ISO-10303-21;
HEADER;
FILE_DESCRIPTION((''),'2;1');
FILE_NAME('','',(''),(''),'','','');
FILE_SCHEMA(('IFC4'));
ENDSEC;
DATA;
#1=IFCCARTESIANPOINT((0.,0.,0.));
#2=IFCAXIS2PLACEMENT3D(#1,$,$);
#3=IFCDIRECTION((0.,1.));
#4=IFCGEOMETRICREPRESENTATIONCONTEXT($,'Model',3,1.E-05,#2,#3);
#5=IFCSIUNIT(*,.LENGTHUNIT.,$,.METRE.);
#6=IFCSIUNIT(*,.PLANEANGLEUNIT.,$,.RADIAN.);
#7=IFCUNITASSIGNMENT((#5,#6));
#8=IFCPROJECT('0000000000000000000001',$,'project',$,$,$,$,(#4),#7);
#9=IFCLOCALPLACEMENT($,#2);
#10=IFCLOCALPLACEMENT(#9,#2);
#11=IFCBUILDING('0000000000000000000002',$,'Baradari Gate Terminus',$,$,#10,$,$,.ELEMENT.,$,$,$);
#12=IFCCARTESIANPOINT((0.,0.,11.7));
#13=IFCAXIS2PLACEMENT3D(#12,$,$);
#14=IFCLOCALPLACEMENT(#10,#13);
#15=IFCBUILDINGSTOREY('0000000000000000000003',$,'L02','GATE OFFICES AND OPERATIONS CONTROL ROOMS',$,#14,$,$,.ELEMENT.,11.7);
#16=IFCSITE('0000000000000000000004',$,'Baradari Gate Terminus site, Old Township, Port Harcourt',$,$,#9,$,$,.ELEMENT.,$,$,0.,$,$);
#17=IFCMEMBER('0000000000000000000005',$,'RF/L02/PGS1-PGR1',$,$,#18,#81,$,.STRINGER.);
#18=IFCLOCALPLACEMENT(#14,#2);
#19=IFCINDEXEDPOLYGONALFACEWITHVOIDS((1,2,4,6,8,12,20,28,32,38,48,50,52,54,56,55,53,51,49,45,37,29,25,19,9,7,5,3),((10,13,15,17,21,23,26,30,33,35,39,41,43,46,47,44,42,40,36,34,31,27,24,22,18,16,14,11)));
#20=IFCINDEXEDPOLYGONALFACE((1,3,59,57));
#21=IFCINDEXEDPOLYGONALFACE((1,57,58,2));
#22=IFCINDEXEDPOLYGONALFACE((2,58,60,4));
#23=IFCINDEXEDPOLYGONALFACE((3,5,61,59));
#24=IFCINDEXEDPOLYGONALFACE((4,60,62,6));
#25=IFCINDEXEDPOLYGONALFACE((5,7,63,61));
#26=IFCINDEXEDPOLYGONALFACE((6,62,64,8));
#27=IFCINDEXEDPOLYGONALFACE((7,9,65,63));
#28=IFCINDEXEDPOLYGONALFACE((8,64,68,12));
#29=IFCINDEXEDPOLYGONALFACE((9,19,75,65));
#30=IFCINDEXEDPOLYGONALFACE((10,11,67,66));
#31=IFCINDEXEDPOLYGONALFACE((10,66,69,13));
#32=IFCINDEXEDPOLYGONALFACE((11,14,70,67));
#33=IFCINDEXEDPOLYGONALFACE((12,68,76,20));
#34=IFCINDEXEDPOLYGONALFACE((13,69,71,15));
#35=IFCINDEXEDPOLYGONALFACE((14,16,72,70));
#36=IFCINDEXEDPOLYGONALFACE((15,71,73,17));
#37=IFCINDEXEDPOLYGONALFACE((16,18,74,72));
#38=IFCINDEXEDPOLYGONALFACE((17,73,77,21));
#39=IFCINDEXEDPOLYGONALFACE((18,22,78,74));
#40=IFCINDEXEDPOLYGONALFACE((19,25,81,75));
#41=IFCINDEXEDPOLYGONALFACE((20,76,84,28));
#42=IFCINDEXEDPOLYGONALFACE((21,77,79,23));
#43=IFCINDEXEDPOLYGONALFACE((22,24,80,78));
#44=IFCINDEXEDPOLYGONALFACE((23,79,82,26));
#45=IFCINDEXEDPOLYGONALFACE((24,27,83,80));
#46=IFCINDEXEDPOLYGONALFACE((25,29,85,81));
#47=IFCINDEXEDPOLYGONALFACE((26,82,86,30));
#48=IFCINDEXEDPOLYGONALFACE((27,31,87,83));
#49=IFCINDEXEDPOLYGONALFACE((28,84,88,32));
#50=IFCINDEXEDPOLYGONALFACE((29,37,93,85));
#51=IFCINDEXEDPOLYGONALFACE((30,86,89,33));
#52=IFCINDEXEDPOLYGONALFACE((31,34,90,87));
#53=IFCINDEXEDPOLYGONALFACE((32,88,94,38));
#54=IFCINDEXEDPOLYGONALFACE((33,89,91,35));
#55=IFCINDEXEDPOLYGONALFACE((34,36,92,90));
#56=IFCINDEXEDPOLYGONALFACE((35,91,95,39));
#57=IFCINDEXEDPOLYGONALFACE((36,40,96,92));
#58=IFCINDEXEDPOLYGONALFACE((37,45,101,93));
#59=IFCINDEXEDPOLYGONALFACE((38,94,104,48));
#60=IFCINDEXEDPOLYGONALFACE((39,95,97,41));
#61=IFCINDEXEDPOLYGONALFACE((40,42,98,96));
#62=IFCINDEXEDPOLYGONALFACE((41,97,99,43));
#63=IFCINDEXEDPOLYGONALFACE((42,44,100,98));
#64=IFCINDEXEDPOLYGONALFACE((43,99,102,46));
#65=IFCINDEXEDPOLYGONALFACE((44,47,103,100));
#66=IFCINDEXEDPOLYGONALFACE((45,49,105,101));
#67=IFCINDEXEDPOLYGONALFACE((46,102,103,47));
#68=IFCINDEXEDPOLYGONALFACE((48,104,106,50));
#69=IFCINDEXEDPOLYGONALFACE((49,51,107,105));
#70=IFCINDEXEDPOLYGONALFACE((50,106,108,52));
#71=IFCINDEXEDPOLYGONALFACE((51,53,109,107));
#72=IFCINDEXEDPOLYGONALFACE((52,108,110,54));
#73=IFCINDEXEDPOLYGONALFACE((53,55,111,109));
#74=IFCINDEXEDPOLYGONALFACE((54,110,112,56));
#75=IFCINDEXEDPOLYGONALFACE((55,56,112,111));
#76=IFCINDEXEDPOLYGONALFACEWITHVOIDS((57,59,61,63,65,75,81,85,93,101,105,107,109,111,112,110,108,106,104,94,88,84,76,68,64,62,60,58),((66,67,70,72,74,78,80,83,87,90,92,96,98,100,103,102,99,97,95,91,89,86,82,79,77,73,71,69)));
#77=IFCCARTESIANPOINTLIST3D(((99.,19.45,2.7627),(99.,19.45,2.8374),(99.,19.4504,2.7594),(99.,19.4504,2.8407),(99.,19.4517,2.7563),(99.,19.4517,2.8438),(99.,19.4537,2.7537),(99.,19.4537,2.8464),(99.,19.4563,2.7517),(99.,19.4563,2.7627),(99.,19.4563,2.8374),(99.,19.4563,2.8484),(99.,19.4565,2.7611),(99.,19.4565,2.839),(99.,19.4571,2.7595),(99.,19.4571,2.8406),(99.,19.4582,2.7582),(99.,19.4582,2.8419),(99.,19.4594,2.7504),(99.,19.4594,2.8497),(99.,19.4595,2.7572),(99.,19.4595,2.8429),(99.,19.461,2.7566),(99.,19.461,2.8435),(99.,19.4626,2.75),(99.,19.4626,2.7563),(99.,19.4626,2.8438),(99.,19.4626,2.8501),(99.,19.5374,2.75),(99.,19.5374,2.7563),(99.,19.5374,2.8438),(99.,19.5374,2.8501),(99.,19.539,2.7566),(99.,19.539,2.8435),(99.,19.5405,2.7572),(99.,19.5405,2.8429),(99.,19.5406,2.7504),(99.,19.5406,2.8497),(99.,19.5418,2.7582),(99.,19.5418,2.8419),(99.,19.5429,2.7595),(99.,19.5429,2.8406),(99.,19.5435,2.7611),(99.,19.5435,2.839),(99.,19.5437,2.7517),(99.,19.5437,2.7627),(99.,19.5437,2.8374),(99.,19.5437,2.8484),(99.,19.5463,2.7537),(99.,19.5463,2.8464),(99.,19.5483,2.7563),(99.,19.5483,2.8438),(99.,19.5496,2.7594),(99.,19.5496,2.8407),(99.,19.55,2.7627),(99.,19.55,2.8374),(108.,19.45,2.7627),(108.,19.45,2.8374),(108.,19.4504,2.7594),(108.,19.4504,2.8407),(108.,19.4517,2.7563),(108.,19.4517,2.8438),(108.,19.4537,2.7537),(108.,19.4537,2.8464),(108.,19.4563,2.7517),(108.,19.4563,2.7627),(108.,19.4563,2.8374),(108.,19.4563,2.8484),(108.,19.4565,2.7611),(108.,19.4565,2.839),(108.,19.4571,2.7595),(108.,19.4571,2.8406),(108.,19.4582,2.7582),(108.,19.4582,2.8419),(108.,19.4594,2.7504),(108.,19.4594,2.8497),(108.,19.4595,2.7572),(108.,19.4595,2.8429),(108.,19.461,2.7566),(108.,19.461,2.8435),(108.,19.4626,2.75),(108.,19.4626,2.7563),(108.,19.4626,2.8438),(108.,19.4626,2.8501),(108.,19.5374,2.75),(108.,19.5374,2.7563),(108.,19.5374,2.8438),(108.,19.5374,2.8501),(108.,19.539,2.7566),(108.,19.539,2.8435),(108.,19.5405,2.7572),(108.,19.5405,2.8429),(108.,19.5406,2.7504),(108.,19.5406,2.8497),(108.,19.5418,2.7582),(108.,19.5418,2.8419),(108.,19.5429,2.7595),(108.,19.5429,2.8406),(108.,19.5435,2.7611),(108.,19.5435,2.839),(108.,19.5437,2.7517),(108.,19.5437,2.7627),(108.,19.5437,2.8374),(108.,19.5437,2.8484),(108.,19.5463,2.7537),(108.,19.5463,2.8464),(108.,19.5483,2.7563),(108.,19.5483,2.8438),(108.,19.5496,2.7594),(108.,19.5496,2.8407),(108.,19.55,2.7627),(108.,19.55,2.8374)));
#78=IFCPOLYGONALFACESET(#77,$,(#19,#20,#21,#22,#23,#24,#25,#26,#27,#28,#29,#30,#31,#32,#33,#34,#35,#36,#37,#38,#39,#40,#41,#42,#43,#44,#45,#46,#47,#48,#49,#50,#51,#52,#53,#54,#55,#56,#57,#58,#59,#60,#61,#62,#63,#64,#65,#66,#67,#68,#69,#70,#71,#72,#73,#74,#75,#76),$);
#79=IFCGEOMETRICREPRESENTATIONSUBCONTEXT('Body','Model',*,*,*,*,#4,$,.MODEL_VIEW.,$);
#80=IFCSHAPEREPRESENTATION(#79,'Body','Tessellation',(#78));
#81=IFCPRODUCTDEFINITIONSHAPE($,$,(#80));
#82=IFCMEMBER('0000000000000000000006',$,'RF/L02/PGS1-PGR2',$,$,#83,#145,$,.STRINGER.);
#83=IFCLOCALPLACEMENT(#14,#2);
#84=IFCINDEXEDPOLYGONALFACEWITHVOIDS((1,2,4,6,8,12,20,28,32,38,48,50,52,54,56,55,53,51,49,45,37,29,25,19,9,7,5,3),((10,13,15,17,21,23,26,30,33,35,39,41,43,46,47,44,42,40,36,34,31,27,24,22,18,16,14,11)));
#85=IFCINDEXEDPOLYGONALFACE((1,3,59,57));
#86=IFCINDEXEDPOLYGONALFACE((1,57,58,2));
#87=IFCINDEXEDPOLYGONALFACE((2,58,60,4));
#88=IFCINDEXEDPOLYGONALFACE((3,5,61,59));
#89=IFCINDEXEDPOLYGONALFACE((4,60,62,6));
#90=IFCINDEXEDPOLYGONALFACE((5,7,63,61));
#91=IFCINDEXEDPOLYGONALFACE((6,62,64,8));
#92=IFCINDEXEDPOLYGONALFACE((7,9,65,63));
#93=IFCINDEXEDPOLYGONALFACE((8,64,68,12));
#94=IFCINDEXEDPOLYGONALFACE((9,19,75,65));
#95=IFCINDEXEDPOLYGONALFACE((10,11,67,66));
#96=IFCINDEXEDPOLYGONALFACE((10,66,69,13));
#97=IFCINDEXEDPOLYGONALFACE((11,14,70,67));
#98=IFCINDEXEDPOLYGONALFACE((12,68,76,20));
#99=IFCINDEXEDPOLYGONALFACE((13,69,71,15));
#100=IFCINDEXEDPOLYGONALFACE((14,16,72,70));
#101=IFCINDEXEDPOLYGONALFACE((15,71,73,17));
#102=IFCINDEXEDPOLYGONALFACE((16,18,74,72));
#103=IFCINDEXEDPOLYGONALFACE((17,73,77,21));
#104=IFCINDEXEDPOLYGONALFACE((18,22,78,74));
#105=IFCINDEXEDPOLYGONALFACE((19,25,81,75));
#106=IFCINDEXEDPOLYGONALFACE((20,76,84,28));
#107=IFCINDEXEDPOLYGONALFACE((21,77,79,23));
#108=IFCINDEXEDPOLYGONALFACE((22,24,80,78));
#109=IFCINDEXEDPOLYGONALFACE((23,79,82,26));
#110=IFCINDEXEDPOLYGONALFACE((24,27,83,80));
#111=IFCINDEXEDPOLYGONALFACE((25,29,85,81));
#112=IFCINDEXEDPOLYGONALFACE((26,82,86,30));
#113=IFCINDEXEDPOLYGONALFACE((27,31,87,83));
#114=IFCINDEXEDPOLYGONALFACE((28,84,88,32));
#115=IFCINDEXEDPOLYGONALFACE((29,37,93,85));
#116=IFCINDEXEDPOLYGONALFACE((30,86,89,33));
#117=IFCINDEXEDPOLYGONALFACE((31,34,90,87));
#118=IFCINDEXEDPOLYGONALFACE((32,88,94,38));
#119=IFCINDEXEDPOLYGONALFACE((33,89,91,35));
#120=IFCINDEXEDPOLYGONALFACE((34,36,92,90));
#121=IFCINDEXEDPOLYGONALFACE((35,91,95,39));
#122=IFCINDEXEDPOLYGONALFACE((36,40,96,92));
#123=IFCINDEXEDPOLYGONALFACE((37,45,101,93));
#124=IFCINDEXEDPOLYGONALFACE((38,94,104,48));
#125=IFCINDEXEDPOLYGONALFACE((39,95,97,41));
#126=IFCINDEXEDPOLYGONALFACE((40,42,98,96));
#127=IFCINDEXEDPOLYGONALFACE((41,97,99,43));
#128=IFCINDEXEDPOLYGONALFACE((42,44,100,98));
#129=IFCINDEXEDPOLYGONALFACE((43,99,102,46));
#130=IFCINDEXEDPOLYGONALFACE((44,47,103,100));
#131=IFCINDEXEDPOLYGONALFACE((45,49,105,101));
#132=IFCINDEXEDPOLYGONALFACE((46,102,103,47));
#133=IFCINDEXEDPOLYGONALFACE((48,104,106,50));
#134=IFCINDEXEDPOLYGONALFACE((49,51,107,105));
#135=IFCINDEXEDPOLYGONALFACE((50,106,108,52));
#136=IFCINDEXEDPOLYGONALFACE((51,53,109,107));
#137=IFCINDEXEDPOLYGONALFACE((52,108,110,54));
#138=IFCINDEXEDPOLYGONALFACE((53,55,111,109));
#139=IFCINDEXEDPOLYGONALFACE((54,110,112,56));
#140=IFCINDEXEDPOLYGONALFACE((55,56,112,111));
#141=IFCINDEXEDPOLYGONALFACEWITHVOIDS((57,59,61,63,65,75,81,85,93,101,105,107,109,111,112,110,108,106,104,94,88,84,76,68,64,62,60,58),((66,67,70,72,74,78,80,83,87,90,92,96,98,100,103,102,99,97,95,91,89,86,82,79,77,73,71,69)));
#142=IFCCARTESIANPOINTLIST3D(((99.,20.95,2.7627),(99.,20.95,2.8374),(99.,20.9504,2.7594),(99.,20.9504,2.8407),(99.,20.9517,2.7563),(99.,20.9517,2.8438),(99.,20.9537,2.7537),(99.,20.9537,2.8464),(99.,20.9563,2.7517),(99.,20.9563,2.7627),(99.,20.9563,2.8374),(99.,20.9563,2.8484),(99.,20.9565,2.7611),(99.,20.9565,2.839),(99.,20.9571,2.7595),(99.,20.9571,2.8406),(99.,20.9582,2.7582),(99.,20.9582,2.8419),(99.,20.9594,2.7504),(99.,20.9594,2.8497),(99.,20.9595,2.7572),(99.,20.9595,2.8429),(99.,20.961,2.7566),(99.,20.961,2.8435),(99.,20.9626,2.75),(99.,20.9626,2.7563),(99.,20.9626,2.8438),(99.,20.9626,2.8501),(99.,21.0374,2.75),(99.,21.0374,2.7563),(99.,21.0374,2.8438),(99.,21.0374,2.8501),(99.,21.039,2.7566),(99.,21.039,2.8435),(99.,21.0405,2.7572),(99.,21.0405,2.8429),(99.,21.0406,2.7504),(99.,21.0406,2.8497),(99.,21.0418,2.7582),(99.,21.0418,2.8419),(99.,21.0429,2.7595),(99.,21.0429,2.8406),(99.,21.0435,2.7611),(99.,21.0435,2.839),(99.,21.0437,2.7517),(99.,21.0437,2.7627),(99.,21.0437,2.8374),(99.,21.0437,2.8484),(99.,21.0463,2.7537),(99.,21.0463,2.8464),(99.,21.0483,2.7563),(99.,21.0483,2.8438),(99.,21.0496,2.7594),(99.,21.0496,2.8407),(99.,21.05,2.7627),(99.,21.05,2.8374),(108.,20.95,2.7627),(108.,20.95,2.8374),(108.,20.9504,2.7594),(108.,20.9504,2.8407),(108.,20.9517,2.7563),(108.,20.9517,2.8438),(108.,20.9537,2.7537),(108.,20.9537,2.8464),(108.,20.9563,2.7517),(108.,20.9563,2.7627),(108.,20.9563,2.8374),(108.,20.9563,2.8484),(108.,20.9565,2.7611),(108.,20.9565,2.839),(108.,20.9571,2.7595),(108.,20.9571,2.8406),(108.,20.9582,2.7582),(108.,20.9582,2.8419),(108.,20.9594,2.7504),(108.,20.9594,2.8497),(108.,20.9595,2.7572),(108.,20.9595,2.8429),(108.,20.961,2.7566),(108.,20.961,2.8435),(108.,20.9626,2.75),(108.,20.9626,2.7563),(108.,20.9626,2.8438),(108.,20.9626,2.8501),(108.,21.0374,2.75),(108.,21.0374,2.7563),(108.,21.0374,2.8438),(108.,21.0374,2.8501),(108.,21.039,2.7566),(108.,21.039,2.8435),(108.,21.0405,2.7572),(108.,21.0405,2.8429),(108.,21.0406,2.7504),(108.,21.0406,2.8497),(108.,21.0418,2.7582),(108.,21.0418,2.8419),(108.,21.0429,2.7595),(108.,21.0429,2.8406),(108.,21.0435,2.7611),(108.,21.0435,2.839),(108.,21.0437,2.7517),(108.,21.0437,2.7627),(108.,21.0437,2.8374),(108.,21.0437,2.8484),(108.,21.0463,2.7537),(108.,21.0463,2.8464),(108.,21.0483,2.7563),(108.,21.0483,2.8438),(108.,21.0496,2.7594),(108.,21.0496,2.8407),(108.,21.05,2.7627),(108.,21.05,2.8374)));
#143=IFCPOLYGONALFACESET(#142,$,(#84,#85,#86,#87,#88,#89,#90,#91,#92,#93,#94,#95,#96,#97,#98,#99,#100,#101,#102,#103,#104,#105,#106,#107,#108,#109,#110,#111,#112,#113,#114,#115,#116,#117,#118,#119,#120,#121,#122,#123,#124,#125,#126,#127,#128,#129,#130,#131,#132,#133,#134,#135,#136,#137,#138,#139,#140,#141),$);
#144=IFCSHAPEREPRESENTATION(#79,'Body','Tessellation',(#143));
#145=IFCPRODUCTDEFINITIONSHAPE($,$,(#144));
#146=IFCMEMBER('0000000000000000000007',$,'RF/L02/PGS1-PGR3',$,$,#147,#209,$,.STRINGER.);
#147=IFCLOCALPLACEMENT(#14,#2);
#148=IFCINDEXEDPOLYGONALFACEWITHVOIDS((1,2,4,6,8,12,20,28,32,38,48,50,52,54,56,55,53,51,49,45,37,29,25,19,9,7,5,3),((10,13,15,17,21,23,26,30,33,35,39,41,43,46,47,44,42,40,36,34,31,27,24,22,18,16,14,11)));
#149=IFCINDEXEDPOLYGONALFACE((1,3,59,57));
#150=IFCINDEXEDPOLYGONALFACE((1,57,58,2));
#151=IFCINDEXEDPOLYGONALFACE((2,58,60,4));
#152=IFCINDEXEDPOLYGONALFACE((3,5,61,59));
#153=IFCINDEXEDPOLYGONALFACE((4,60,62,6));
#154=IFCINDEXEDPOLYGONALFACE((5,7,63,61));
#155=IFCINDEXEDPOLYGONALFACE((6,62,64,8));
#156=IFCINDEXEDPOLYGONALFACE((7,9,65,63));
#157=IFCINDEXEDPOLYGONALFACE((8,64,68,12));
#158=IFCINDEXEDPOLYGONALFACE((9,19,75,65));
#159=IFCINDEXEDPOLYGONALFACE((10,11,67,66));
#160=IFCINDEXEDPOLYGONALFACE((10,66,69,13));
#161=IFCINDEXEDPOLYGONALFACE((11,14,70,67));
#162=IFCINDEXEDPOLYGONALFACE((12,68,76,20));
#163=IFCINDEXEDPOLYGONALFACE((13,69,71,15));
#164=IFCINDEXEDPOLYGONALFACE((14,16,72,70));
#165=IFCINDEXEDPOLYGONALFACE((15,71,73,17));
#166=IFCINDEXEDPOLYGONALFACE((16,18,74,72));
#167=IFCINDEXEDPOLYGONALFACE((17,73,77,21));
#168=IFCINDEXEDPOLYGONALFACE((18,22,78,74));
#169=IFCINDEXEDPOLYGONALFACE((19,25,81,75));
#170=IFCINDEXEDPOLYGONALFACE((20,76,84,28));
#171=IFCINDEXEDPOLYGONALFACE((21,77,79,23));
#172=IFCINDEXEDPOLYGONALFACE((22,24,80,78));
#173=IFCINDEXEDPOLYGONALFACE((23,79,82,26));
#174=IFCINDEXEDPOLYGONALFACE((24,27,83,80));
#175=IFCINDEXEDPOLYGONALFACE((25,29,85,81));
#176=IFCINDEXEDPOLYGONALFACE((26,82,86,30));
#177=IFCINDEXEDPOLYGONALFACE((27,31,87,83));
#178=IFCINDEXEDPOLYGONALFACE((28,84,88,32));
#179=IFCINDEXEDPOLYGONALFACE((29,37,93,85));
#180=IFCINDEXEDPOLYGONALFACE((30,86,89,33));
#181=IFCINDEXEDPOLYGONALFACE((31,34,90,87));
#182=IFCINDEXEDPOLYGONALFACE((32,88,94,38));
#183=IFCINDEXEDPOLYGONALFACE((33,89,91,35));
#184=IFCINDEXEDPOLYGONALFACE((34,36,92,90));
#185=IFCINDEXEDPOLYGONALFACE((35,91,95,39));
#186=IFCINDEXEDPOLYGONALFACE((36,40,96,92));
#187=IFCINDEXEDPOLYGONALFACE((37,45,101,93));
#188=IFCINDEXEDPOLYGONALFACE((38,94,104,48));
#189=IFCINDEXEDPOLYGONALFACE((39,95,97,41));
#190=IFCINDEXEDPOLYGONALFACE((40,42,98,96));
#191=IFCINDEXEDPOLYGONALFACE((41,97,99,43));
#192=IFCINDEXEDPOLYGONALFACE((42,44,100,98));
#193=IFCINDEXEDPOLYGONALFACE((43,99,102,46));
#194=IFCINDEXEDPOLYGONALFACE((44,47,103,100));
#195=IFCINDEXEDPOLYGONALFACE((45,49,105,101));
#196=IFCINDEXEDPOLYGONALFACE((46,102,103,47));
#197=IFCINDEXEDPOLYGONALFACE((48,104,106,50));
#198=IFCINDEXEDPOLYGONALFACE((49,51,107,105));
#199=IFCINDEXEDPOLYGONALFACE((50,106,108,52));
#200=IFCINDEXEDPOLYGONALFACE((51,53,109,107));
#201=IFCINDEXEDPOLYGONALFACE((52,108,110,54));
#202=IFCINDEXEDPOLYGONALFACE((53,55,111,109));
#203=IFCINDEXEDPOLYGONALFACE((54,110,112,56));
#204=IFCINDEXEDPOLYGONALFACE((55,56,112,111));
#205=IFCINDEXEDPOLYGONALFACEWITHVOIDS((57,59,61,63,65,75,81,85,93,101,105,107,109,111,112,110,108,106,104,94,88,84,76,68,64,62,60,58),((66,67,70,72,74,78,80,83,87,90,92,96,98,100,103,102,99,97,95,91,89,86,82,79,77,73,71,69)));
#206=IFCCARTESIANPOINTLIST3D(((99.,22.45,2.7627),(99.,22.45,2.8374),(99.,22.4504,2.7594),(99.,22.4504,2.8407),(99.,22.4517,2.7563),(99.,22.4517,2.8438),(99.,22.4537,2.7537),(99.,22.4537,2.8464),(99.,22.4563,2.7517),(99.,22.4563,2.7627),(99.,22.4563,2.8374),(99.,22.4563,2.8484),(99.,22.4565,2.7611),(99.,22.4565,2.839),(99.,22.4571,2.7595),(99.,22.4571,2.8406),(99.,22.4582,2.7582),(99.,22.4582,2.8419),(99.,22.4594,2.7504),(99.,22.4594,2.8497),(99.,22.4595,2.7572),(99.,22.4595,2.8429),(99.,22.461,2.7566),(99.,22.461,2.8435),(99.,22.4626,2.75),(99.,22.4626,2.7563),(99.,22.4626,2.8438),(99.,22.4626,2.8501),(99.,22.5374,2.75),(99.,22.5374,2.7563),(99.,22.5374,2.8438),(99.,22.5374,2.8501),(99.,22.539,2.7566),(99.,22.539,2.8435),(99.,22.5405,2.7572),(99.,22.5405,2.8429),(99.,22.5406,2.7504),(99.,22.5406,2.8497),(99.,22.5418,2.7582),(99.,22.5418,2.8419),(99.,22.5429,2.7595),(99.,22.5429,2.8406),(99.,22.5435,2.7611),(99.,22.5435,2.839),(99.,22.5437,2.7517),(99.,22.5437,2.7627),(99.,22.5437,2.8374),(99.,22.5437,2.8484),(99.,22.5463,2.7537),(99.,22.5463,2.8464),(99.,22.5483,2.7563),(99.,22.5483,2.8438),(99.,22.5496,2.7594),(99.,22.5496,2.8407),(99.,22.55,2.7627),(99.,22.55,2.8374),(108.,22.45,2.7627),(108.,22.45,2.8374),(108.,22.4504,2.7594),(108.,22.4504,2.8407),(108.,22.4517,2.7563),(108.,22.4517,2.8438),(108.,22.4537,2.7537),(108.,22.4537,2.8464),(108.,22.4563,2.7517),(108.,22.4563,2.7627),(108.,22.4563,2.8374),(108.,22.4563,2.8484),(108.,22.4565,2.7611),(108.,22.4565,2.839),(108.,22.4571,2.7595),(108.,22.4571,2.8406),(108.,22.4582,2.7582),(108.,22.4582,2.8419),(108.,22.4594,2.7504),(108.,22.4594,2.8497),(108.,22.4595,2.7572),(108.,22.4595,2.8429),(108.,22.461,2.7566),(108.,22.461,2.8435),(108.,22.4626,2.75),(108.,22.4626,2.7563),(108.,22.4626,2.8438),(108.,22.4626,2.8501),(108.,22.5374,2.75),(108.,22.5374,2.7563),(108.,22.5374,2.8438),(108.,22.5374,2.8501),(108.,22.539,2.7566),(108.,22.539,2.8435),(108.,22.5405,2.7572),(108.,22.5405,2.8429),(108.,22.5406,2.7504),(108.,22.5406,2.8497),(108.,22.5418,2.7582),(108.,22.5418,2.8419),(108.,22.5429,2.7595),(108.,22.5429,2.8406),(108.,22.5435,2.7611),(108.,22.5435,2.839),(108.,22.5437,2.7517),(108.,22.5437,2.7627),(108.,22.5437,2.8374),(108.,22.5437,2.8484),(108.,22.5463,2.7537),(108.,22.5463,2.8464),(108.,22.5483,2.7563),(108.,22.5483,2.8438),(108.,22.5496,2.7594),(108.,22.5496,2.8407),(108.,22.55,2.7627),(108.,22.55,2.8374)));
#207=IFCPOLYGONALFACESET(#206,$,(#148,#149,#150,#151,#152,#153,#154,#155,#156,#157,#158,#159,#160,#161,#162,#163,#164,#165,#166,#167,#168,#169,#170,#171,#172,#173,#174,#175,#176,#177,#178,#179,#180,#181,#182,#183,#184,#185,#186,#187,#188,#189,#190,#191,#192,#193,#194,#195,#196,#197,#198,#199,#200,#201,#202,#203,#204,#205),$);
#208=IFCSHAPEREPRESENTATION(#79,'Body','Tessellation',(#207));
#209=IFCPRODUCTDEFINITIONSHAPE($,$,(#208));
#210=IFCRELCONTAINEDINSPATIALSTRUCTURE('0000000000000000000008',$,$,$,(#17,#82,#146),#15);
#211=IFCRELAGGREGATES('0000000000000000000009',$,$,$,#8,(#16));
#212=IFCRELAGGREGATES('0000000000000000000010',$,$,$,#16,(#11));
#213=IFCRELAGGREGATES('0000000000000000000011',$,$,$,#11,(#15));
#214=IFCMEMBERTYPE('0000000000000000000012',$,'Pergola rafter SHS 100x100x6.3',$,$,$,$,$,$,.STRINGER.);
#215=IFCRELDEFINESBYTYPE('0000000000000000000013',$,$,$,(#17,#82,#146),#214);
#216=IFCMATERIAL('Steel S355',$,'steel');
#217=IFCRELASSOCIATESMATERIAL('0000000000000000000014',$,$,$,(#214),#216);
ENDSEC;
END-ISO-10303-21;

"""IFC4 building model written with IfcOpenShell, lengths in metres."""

from ifc_helpers import new_model, si_unit, direction, frame, origin, origin_2d, place, context, subcontext, project, spatial, hollow_rectangle, extrude, material, material_profile, profile_set, type_object, element, save


model = new_model("IFC4")

# Units and contexts
model_context = context("Model", 3, precision=1e-05, world=origin(), true_north=direction((0.0, 1.0)))
body_context = subcontext(model_context, "Body", "Model", "MODEL_VIEW")
ifc_project = project(units=[si_unit("LENGTHUNIT", "METRE"), si_unit("PLANEANGLEUNIT", "RADIAN")], contexts=[model_context])

# Site, building, storey
site_placement = place(None, origin())
site = spatial("IfcSite", under=ifc_project, at=site_placement, Name="Baradari Gate Terminus site, Old Township, Port Harcourt", CompositionType="ELEMENT", RefElevation=0.0)
building_placement = place(site_placement, origin())
building = spatial("IfcBuilding", under=site, at=building_placement, Name="Baradari Gate Terminus", CompositionType="ELEMENT")
storey_placement = place(building_placement, frame((0.0, 0.0, 11.7)))
storey = spatial("IfcBuildingStorey", under=building, at=storey_placement, Name="L02", Description="GATE OFFICES AND OPERATIONS CONTROL ROOMS", CompositionType="ELEMENT", Elevation=11.7)

# Members
ifc_material_1 = material(Name="Steel S355", Category="steel")
ifc_material_profile_1 = material_profile(ifc_material_1, hollow_rectangle(XDim=0.1001, YDim=0.1001, WallThickness=0.0063, InnerFilletRadius=0.0063, OuterFilletRadius=0.0127, at=origin_2d()), Name="SHS 100x100x6.3")
ifc_profile_set_1 = profile_set([ifc_material_profile_1], Name="Steel S355")
member_type_1 = type_object("IfcMemberType", Name="Pergola rafter SHS 100x100x6.3", PredefinedType="STRINGER", material=ifc_profile_set_1)
for number, where, z_axis, x_axis, name in (
    (1, (99.0, 19.5, 2.8), (1.0, 0.0, 0.0), (0.0, 1.0, 0.0), "RF/L02/PGS1-PGR1"),
    (2, (99.0, 21.0, 2.8), (1.0, 0.0, 0.0), (0.0, 1.0, 0.0), "RF/L02/PGS1-PGR2"),
    (3, (99.0, 22.5, 2.8), (1.0, 0.0, 0.0), (0.0, 1.0, 0.0), "RF/L02/PGS1-PGR3"),
):
    element("IfcMember", number, at=place(storey_placement, frame(where, z_axis=z_axis, x_axis=x_axis)), inside=storey, type_object=member_type_1, Name=name, PredefinedType="STRINGER", context=body_context, shape_type="SweptSolid", body=[
        extrude(hollow_rectangle(XDim=0.1001, YDim=0.1001, WallThickness=0.0063, InnerFilletRadius=0.0063, OuterFilletRadius=0.0127, at=origin_2d()), origin(), (0.0, 0.0, 1.0), 9.0),
    ])

save(model, "model.ifc")
